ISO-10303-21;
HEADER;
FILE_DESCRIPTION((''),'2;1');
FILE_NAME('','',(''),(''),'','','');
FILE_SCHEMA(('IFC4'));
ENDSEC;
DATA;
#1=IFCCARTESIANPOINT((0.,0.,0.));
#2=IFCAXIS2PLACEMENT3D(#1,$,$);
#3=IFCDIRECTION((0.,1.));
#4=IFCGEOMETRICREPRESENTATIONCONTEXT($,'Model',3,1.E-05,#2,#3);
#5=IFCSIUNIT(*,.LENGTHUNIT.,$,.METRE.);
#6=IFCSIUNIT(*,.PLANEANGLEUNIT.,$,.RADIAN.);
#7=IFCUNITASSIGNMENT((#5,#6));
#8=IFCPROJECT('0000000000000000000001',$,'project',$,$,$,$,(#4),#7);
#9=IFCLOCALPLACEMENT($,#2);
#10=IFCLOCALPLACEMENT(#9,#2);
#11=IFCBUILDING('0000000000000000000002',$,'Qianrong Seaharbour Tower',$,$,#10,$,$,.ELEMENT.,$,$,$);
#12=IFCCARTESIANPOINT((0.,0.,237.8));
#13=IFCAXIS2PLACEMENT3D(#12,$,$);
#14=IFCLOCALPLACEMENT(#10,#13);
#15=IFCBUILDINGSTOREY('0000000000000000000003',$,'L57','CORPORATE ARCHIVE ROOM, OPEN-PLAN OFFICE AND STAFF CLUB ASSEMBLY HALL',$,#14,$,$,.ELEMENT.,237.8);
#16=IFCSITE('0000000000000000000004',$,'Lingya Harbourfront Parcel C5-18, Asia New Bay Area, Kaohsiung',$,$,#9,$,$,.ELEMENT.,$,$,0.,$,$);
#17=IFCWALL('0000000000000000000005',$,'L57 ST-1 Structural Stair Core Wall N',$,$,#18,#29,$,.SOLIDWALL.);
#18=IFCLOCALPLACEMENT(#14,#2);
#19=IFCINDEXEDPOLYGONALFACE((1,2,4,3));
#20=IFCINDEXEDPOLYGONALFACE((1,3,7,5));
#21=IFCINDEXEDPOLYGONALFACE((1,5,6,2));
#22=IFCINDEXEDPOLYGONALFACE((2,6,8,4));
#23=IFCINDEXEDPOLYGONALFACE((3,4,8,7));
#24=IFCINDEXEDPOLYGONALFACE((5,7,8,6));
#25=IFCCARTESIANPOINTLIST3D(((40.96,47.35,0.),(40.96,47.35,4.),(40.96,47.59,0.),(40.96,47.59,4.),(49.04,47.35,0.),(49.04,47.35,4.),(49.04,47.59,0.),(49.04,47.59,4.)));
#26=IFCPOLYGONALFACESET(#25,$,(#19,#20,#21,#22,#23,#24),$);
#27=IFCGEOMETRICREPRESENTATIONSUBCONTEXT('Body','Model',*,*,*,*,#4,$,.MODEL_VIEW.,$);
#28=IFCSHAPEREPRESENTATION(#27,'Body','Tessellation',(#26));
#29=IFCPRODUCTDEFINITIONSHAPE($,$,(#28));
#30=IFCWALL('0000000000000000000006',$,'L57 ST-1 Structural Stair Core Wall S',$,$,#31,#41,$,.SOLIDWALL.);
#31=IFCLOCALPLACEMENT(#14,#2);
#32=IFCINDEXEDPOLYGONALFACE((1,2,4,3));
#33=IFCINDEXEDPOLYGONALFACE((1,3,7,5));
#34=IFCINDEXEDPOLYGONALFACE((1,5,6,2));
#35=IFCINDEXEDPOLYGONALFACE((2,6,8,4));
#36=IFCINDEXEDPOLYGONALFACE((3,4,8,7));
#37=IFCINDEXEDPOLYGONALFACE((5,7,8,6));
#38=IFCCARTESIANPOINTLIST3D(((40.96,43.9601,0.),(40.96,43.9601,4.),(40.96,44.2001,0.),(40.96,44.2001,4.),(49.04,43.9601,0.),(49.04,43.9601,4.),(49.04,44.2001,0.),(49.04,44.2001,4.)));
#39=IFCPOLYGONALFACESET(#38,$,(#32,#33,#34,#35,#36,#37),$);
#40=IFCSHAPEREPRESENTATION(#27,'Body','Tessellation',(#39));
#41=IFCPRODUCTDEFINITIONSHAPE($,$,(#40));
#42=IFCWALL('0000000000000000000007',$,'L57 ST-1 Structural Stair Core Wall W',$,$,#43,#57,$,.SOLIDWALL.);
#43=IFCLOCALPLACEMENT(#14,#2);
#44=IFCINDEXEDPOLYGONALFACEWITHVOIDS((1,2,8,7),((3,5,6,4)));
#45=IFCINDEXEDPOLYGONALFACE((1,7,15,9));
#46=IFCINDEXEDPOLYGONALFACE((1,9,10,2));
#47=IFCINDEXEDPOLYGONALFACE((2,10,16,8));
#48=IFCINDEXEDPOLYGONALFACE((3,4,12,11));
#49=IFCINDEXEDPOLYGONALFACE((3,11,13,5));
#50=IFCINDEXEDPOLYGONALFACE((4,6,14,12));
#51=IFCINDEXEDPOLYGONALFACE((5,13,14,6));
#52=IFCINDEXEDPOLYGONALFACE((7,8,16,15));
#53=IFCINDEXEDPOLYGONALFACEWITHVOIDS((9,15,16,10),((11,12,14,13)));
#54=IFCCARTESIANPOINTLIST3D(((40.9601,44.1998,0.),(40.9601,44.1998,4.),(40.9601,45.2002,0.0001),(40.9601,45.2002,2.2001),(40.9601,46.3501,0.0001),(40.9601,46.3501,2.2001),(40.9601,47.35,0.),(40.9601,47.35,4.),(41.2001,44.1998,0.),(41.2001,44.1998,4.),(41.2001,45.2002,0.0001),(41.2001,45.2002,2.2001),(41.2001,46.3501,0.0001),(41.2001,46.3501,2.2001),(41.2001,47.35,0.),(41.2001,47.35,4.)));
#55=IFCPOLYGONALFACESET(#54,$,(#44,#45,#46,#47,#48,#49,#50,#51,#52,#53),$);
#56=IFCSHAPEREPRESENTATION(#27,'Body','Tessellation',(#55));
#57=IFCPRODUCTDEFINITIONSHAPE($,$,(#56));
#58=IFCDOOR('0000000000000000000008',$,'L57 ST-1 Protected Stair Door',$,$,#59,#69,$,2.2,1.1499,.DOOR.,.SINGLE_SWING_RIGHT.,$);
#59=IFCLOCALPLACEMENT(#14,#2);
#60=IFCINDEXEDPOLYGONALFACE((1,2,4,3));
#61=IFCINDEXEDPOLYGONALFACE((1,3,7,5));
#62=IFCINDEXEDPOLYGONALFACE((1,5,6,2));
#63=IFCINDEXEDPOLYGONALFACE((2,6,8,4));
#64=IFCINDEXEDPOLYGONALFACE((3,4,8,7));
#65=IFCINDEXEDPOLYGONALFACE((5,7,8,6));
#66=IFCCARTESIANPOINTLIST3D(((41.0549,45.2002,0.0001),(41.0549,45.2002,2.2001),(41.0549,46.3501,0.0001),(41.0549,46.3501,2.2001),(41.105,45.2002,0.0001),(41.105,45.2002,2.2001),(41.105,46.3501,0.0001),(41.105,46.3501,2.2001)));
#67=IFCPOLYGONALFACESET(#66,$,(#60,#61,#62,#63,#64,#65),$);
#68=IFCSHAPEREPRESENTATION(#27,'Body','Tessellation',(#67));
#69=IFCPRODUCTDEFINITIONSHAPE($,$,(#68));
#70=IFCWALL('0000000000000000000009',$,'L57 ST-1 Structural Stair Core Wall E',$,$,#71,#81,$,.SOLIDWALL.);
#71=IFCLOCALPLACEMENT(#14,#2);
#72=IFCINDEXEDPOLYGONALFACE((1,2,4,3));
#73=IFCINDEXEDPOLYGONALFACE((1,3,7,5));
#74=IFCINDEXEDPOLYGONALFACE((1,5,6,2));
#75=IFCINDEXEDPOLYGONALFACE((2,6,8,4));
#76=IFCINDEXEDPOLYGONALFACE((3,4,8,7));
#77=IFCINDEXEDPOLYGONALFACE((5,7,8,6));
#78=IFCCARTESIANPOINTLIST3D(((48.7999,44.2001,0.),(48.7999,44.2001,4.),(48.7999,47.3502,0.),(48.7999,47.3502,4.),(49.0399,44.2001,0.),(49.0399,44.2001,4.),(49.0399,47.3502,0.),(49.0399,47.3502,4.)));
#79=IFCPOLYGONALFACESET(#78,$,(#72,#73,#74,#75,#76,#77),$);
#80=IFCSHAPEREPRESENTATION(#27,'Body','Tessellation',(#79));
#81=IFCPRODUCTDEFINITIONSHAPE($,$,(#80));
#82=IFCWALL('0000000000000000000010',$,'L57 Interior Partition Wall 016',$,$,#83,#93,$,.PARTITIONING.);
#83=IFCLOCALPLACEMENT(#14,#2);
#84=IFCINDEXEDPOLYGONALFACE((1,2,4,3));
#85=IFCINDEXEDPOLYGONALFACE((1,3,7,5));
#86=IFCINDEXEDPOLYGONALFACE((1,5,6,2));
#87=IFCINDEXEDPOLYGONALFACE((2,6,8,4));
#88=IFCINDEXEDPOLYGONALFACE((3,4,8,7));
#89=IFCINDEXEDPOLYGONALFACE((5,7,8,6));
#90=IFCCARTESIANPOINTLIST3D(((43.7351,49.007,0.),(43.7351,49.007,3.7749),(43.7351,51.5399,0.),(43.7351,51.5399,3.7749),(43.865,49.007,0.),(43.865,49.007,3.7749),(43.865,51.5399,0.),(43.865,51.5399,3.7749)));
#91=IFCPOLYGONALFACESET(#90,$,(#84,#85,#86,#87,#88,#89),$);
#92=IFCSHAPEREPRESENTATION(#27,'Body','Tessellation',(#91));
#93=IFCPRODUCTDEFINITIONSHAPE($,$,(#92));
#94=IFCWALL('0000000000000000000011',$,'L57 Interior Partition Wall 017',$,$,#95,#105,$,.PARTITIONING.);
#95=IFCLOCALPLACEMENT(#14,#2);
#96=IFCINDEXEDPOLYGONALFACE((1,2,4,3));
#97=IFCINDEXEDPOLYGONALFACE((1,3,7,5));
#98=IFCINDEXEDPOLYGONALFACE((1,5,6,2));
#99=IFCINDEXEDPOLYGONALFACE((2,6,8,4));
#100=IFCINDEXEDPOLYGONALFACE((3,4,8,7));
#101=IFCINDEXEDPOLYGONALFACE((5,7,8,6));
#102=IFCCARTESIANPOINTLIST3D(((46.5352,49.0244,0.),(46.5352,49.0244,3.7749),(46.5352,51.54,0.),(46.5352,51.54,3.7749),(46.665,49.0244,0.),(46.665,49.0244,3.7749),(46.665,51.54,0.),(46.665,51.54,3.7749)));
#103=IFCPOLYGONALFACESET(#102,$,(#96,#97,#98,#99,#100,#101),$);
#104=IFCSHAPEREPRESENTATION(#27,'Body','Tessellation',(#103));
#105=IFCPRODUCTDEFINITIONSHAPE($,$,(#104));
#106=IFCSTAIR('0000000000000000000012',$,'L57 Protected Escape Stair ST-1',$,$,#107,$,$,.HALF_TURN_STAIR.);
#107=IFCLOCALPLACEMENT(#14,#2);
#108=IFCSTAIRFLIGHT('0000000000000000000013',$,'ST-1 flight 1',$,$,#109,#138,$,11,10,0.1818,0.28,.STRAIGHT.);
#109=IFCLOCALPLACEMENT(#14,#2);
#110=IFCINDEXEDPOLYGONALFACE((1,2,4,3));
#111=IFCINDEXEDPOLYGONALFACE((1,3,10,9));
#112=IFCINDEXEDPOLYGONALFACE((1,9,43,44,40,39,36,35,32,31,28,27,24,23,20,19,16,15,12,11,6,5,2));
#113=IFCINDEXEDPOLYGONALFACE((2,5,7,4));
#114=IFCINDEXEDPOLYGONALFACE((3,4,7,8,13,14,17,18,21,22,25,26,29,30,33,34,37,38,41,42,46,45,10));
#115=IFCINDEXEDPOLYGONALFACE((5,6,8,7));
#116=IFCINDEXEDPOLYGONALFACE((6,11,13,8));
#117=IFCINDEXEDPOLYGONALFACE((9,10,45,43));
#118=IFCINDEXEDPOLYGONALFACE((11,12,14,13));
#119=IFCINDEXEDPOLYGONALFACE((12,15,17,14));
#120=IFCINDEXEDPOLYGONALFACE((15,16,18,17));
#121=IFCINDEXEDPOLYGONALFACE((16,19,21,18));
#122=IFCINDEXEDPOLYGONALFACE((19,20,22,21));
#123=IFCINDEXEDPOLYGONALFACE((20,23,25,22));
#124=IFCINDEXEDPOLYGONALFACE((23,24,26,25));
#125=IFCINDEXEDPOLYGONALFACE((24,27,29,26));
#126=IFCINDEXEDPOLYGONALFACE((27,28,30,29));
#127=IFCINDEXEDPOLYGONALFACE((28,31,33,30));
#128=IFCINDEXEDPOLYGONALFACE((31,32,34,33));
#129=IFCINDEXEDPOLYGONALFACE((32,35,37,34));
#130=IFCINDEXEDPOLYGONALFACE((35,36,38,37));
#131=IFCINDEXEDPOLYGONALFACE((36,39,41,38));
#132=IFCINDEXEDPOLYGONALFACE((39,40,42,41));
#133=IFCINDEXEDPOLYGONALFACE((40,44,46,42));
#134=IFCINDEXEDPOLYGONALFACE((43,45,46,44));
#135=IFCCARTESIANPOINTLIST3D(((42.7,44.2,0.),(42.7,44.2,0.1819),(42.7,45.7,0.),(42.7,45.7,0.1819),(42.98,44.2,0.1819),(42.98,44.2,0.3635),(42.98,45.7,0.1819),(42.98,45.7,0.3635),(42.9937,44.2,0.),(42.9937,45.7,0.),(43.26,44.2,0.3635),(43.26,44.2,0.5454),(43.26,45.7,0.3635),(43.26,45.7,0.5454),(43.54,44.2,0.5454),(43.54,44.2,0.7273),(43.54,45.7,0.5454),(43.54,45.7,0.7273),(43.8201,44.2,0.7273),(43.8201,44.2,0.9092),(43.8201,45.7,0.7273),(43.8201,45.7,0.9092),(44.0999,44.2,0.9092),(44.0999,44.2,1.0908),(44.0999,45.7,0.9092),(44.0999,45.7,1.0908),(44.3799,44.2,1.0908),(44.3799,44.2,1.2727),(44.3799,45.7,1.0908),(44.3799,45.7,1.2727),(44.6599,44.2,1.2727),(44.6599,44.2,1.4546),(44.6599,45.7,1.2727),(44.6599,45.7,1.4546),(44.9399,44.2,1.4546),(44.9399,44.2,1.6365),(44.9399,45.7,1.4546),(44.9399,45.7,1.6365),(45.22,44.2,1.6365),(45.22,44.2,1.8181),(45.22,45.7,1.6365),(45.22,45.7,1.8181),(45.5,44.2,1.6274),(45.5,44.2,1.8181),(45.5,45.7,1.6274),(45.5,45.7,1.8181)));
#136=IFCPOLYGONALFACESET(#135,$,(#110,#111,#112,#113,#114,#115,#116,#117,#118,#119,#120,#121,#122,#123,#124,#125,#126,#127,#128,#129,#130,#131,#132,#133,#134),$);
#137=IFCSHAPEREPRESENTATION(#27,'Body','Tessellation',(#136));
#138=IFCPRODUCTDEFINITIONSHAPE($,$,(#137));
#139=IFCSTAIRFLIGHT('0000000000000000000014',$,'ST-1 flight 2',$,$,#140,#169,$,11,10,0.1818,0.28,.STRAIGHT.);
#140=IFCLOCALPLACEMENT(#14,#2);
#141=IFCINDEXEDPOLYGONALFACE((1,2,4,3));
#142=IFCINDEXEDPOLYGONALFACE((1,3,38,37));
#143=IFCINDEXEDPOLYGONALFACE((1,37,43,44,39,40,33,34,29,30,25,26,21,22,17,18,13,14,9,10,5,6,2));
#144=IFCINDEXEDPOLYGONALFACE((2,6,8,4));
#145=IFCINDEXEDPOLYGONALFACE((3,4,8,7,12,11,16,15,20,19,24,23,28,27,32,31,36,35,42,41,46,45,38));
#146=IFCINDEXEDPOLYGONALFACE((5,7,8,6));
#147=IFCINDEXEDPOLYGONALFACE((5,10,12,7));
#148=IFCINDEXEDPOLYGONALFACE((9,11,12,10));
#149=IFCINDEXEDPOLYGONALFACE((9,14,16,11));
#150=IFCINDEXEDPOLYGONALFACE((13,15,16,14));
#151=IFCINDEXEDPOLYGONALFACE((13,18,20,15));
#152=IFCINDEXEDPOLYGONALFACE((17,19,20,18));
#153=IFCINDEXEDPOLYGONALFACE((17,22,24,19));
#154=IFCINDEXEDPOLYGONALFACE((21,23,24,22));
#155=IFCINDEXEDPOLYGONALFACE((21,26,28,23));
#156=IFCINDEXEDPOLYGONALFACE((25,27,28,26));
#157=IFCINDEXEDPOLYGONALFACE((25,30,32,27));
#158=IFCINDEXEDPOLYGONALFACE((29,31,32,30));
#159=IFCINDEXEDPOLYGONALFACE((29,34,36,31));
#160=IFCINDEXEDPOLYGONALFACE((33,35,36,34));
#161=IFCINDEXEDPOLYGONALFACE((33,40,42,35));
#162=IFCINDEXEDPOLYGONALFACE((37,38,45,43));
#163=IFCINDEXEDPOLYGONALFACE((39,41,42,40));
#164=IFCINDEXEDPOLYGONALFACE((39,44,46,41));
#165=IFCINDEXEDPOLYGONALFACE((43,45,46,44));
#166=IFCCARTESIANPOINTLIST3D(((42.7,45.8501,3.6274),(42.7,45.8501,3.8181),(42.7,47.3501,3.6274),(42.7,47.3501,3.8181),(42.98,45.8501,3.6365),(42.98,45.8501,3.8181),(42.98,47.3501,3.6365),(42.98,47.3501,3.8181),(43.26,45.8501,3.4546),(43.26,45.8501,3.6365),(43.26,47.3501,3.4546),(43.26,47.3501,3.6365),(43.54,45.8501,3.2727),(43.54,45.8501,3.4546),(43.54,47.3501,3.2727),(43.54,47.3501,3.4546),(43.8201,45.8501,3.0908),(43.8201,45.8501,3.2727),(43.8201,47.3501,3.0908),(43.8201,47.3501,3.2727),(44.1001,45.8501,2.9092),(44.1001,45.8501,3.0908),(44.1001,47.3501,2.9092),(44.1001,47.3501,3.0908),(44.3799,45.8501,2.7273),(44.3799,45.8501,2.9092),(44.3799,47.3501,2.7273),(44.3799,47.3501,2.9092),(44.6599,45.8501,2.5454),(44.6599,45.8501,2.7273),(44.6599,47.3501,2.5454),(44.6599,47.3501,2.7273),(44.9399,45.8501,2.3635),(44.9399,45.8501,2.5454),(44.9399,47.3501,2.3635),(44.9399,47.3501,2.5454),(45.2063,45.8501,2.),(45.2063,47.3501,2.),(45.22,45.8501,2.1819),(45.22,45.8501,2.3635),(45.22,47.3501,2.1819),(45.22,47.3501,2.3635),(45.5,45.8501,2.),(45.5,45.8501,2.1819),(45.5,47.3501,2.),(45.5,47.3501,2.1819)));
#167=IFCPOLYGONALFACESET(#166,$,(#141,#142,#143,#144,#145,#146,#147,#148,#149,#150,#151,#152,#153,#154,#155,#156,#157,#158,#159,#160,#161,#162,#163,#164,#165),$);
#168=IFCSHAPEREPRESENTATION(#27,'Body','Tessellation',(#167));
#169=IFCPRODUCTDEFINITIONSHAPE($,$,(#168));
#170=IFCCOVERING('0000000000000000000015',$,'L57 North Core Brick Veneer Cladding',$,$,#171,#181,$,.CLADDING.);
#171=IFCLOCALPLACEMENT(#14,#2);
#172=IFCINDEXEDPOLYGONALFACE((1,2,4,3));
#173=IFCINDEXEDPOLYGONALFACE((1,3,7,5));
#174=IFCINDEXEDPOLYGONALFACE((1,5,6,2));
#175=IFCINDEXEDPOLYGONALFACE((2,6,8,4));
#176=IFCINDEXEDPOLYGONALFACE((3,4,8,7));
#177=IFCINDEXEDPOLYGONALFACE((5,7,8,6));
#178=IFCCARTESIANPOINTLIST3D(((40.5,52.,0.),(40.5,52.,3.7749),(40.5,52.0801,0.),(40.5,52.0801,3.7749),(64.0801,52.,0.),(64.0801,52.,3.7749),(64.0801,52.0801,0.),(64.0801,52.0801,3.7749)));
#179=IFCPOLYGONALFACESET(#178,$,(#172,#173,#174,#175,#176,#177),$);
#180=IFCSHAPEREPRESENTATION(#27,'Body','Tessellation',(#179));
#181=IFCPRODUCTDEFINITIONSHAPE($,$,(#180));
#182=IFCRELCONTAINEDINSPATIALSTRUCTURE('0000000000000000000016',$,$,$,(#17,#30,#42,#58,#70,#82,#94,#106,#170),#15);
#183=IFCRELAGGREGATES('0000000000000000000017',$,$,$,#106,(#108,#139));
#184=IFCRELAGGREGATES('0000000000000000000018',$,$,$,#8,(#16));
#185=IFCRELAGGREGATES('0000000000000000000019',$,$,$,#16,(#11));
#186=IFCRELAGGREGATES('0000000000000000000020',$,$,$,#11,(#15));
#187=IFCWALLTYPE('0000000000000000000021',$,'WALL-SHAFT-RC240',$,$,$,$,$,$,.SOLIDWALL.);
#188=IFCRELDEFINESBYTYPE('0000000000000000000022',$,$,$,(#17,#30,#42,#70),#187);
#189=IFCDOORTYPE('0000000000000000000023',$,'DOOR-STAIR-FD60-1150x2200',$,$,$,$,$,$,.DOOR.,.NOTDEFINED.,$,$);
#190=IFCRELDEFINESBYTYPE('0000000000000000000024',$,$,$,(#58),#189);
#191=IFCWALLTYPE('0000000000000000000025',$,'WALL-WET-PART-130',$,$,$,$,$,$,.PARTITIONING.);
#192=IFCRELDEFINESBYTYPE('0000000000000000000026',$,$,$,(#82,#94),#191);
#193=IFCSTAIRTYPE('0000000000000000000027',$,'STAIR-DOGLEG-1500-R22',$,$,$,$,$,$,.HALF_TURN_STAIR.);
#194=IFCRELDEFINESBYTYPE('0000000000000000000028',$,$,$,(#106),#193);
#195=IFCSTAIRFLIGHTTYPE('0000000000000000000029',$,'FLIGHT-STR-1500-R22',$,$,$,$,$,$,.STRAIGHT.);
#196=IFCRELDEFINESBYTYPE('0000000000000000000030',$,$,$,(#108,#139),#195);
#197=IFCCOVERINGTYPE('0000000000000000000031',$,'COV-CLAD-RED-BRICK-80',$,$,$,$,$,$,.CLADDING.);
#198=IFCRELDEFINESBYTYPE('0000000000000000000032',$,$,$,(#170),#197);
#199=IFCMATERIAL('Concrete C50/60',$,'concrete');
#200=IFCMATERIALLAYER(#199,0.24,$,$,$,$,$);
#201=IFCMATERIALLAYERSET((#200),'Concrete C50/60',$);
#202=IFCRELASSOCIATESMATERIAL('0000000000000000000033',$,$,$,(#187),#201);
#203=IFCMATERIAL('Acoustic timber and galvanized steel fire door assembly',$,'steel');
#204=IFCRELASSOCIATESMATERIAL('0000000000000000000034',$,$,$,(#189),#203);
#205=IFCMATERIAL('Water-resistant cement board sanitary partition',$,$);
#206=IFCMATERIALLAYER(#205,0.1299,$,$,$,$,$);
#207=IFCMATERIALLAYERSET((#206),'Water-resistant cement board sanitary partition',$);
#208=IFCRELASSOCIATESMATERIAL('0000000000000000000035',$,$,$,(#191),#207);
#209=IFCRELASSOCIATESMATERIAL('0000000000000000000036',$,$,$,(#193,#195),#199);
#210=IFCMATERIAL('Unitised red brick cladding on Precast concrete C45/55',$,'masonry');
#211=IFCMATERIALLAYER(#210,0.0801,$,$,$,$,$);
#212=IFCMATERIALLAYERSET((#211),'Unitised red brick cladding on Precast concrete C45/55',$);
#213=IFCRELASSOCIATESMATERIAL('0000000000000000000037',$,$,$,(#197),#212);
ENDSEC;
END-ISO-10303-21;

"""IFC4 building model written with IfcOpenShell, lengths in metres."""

from ifc_helpers import new_model, si_unit, direction, frame, frame_2d, origin, origin_2d, place, context, subcontext, project, spatial, polyline, rectangle, outline, extrude, material, layer, layer_set, type_object, element, fill, aggregate, save


model = new_model("IFC4")

# Units and contexts
model_context = context("Model", 3, precision=1e-05, world=origin(), true_north=direction((0.0, 1.0)))
body_context = subcontext(model_context, "Body", "Model", "MODEL_VIEW")
ifc_project = project(units=[si_unit("LENGTHUNIT", "METRE"), si_unit("PLANEANGLEUNIT", "RADIAN")], contexts=[model_context])

# Site, building, storey
site_placement = place(None, origin())
site = spatial("IfcSite", under=ifc_project, at=site_placement, Name="Lingya Harbourfront Parcel C5-18, Asia New Bay Area, Kaohsiung", CompositionType="ELEMENT", RefElevation=0.0)
building_placement = place(site_placement, origin())
building = spatial("IfcBuilding", under=site, at=building_placement, Name="Qianrong Seaharbour Tower", CompositionType="ELEMENT")
storey_placement = place(building_placement, frame((0.0, 0.0, 237.8)))
storey = spatial("IfcBuildingStorey", under=building, at=storey_placement, Name="L57", Description="CORPORATE ARCHIVE ROOM, OPEN-PLAN OFFICE AND STAFF CLUB ASSEMBLY HALL", CompositionType="ELEMENT", Elevation=237.8)

# Shared definitions
ifc_material_1 = material(Name="Concrete C50/60", Category="concrete")

# Shared definitions
ifc_material_2 = material(Name="Acoustic timber and galvanized steel fire door assembly", Category="steel")

# Walls
ifc_layer_1 = layer(ifc_material_1, 0.24)
ifc_layer_set_1 = layer_set([ifc_layer_1], Name="Concrete C50/60")
wall_type_1 = type_object("IfcWallType", Name="WALL-SHAFT-RC240", PredefinedType="SOLIDWALL", material=ifc_layer_set_1)
for number, where, z_axis, x_axis, name in (
    (1, (40.96, 47.47, 0.0), (0.0, 0.0, 1.0), (1.0, 0.0, 0.0), "L57 ST-1 Structural Stair Core Wall N"),
    (2, (49.04, 44.0801, 0.0), (0.0, 0.0, 1.0), (-1.0, 0.0, 0.0), "L57 ST-1 Structural Stair Core Wall S"),
):
    element("IfcWall", number, at=place(storey_placement, frame(where, z_axis=z_axis, x_axis=x_axis)), inside=storey, type_object=wall_type_1, Name=name, PredefinedType="SOLIDWALL", context=body_context, shape_type="SweptSolid", body=[
        extrude(rectangle(XDim=8.0801, YDim=0.24, at=frame_2d((4.04, 0.0))), origin(), (0.0, 0.0, 1.0), 4.0),
    ])

# Wall, opening, door
wall_1_placement = place(storey_placement, frame((41.0801, 47.3501, 0.0), z_axis=(0.0, 0.0, 1.0), x_axis=(0.0, -1.0, 0.0)))
wall_1 = element("IfcWall", 3, at=wall_1_placement, inside=storey, type_object=wall_type_1, Name="L57 ST-1 Structural Stair Core Wall W", PredefinedType="SOLIDWALL", context=body_context, shape_type="SweptSolid", body=[
    extrude(rectangle(XDim=3.1501, YDim=0.24, at=frame_2d((1.5752, 0.0))), origin(), (0.0, 0.0, 1.0), 4.0),
])
opening_1_placement = place(wall_1_placement, frame((1.0, 0.0, 0.0)))
opening_1 = element("IfcOpeningElement", 4, at=opening_1_placement, cuts=wall_1, PredefinedType="OPENING", context=body_context, shape_type="SweptSolid", body=[
    extrude(rectangle(XDim=1.1499, YDim=2.2, at=frame_2d((0.575, 1.1001))), frame((0.0, 0.1299, 0.0), z_axis=(0.0, -1.0, 0.0), x_axis=(1.0, 0.0, 0.0)), (0.0, 0.0, 1.0), 0.26),
])
door_type_1 = type_object("IfcDoorType", Name="DOOR-STAIR-FD60-1150x2200", OperationType="NOTDEFINED", PredefinedType="DOOR", material=ifc_material_2)
door_1_placement = place(opening_1_placement, origin())
door_1 = element("IfcDoor", 5, at=door_1_placement, inside=storey, type_object=door_type_1, Name="L57 ST-1 Protected Stair Door", OperationType="SINGLE_SWING_RIGHT", OverallHeight=2.2, OverallWidth=1.1499, PredefinedType="DOOR", context=body_context, shape_type="SweptSolid", body=[
    extrude(rectangle(XDim=1.1499, YDim=2.2, at=frame_2d((0.575, 1.1001))), frame((0.0, 0.0249, 0.0), z_axis=(0.0, -1.0, 0.0), x_axis=(1.0, 0.0, 0.0)), (0.0, 0.0, 1.0), 0.05),
])
fill(opening_1, door_1)

# Wall
wall_2_placement = place(storey_placement, frame((48.9199, 44.2, 0.0), z_axis=(0.0, 0.0, 1.0), x_axis=(0.0, 1.0, 0.0)))
element("IfcWall", 6, at=wall_2_placement, inside=storey, type_object=wall_type_1, Name="L57 ST-1 Structural Stair Core Wall E", PredefinedType="SOLIDWALL", context=body_context, shape_type="SweptSolid", body=[
    extrude(rectangle(XDim=3.1501, YDim=0.24, at=frame_2d((1.5752, 0.0))), origin(), (0.0, 0.0, 1.0), 4.0),
])

# Shared definitions
ifc_material_3 = material(Name="Water-resistant cement board sanitary partition")
ifc_layer_2 = layer(ifc_material_3, 0.1299)
ifc_layer_set_2 = layer_set([ifc_layer_2], Name="Water-resistant cement board sanitary partition")
wall_type_2 = type_object("IfcWallType", Name="WALL-WET-PART-130", PredefinedType="PARTITIONING", material=ifc_layer_set_2)

# Walls
wall_3_placement = place(storey_placement, frame((43.8, 51.54, 0.0), z_axis=(0.0, 0.0, 1.0), x_axis=(0.0, -1.0, 0.0)))
element("IfcWall", 7, at=wall_3_placement, inside=storey, type_object=wall_type_2, Name="L57 Interior Partition Wall 016", PredefinedType="PARTITIONING", context=body_context, shape_type="SweptSolid", body=[
    extrude(rectangle(XDim=2.533, YDim=0.1299, at=frame_2d((1.2666, 0.0))), origin(), (0.0, 0.0, 1.0), 3.7749),
])
wall_4_placement = place(storey_placement, frame((46.6001, 51.54, 0.0), z_axis=(0.0, 0.0, 1.0), x_axis=(0.0, -1.0, 0.0)))
element("IfcWall", 8, at=wall_4_placement, inside=storey, type_object=wall_type_2, Name="L57 Interior Partition Wall 017", PredefinedType="PARTITIONING", context=body_context, shape_type="SweptSolid", body=[
    extrude(rectangle(XDim=2.5156, YDim=0.1299, at=frame_2d((1.2578, 0.0))), origin(), (0.0, 0.0, 1.0), 3.7749),
])

# Stair, stair flights
stair_type = type_object("IfcStairType", Name="STAIR-DOGLEG-1500-R22", PredefinedType="HALF_TURN_STAIR", material=ifc_material_1)
stair_placement = place(storey_placement, origin())
stair = element("IfcStair", 9, at=stair_placement, inside=storey, type_object=stair_type, Name="L57 Protected Escape Stair ST-1", PredefinedType="HALF_TURN_STAIR")
stair_flight_type = type_object("IfcStairFlightType", Name="FLIGHT-STR-1500-R22", PredefinedType="STRAIGHT", material=ifc_material_1)
stair_flight_1_placement = place(storey_placement, frame((42.7, 44.95, 0.0), z_axis=(0.0, 0.0, 1.0), x_axis=(1.0, 0.0, 0.0)))
stair_flight_1 = element("IfcStairFlight", 10, at=stair_flight_1_placement, type_object=stair_flight_type, Name="ST-1 flight 1", NumberOfRisers=11, NumberOfTreads=10, PredefinedType="STRAIGHT", RiserHeight=0.1818, TreadLength=0.28, context=body_context, shape_type="SweptSolid", body=[
    extrude(outline(polyline([(0.0, 0.0), (0.0, 0.1819), (0.28, 0.1819), (0.28, 0.3635), (0.5601, 0.3635), (0.5601, 0.5454), (0.8401, 0.5454), (0.8401, 0.7273), (1.1201, 0.7273), (1.1201, 0.9092), (1.3999, 0.9092), (1.3999, 1.0908), (1.6799, 1.0908), (1.6799, 1.2727), (1.96, 1.2727), (1.96, 1.4546), (2.24, 1.4546), (2.24, 1.6365), (2.52, 1.6365), (2.52, 1.8181), (2.8, 1.8181), (2.8, 2.0), (2.8, 1.6274), (0.2937, 0.0), (0.0, 0.0)])), frame((0.0, 0.75, 0.0), z_axis=(0.0, -1.0, 0.0), x_axis=(1.0, 0.0, 0.0)), (0.0, 0.0, 1.0), 1.5),
])
stair_flight_2_placement = place(storey_placement, frame((45.5, 46.6001, 2.0), z_axis=(0.0, 0.0, 1.0), x_axis=(-1.0, 0.0, 0.0)))
stair_flight_2 = element("IfcStairFlight", 11, at=stair_flight_2_placement, type_object=stair_flight_type, Name="ST-1 flight 2", NumberOfRisers=11, NumberOfTreads=10, PredefinedType="STRAIGHT", RiserHeight=0.1818, TreadLength=0.28, context=body_context, shape_type="SweptSolid", body=[
    extrude(outline(polyline([(0.0, 0.0), (0.0, 0.1819), (0.28, 0.1819), (0.28, 0.3635), (0.5601, 0.3635), (0.5601, 0.5454), (0.8401, 0.5454), (0.8401, 0.7273), (1.1201, 0.7273), (1.1201, 0.9092), (1.3999, 0.9092), (1.3999, 1.0908), (1.6799, 1.0908), (1.6799, 1.2727), (1.96, 1.2727), (1.96, 1.4546), (2.24, 1.4546), (2.24, 1.6365), (2.52, 1.6365), (2.52, 1.8181), (2.8, 1.8181), (2.8, 2.0), (2.8, 1.6274), (0.2937, 0.0), (0.0, 0.0)])), frame((0.0, 0.75, 0.0), z_axis=(0.0, -1.0, 0.0), x_axis=(1.0, 0.0, 0.0)), (0.0, 0.0, 1.0), 1.5),
])
aggregate(stair, [stair_flight_1, stair_flight_2])

# Covering
ifc_material_4 = material(Name="Unitised red brick cladding on Precast concrete C45/55", Category="masonry")
ifc_layer_3 = layer(ifc_material_4, 0.0801)
ifc_layer_set_3 = layer_set([ifc_layer_3], Name="Unitised red brick cladding on Precast concrete C45/55")
covering_type = type_object("IfcCoveringType", Name="COV-CLAD-RED-BRICK-80", PredefinedType="CLADDING", material=ifc_layer_set_3)
covering_placement = place(storey_placement, frame((52.29, 52.04, 0.0), z_axis=(0.0, 0.0, 1.0), x_axis=(1.0, 0.0, 0.0)))
element("IfcCovering", 12, at=covering_placement, inside=storey, type_object=covering_type, Name="L57 North Core Brick Veneer Cladding", PredefinedType="CLADDING", context=body_context, shape_type="SweptSolid", body=[
    extrude(rectangle(XDim=23.5801, YDim=0.0801, at=origin_2d()), origin(), (0.0, 0.0, 1.0), 3.7749),
])

save(model, "model.ifc")
